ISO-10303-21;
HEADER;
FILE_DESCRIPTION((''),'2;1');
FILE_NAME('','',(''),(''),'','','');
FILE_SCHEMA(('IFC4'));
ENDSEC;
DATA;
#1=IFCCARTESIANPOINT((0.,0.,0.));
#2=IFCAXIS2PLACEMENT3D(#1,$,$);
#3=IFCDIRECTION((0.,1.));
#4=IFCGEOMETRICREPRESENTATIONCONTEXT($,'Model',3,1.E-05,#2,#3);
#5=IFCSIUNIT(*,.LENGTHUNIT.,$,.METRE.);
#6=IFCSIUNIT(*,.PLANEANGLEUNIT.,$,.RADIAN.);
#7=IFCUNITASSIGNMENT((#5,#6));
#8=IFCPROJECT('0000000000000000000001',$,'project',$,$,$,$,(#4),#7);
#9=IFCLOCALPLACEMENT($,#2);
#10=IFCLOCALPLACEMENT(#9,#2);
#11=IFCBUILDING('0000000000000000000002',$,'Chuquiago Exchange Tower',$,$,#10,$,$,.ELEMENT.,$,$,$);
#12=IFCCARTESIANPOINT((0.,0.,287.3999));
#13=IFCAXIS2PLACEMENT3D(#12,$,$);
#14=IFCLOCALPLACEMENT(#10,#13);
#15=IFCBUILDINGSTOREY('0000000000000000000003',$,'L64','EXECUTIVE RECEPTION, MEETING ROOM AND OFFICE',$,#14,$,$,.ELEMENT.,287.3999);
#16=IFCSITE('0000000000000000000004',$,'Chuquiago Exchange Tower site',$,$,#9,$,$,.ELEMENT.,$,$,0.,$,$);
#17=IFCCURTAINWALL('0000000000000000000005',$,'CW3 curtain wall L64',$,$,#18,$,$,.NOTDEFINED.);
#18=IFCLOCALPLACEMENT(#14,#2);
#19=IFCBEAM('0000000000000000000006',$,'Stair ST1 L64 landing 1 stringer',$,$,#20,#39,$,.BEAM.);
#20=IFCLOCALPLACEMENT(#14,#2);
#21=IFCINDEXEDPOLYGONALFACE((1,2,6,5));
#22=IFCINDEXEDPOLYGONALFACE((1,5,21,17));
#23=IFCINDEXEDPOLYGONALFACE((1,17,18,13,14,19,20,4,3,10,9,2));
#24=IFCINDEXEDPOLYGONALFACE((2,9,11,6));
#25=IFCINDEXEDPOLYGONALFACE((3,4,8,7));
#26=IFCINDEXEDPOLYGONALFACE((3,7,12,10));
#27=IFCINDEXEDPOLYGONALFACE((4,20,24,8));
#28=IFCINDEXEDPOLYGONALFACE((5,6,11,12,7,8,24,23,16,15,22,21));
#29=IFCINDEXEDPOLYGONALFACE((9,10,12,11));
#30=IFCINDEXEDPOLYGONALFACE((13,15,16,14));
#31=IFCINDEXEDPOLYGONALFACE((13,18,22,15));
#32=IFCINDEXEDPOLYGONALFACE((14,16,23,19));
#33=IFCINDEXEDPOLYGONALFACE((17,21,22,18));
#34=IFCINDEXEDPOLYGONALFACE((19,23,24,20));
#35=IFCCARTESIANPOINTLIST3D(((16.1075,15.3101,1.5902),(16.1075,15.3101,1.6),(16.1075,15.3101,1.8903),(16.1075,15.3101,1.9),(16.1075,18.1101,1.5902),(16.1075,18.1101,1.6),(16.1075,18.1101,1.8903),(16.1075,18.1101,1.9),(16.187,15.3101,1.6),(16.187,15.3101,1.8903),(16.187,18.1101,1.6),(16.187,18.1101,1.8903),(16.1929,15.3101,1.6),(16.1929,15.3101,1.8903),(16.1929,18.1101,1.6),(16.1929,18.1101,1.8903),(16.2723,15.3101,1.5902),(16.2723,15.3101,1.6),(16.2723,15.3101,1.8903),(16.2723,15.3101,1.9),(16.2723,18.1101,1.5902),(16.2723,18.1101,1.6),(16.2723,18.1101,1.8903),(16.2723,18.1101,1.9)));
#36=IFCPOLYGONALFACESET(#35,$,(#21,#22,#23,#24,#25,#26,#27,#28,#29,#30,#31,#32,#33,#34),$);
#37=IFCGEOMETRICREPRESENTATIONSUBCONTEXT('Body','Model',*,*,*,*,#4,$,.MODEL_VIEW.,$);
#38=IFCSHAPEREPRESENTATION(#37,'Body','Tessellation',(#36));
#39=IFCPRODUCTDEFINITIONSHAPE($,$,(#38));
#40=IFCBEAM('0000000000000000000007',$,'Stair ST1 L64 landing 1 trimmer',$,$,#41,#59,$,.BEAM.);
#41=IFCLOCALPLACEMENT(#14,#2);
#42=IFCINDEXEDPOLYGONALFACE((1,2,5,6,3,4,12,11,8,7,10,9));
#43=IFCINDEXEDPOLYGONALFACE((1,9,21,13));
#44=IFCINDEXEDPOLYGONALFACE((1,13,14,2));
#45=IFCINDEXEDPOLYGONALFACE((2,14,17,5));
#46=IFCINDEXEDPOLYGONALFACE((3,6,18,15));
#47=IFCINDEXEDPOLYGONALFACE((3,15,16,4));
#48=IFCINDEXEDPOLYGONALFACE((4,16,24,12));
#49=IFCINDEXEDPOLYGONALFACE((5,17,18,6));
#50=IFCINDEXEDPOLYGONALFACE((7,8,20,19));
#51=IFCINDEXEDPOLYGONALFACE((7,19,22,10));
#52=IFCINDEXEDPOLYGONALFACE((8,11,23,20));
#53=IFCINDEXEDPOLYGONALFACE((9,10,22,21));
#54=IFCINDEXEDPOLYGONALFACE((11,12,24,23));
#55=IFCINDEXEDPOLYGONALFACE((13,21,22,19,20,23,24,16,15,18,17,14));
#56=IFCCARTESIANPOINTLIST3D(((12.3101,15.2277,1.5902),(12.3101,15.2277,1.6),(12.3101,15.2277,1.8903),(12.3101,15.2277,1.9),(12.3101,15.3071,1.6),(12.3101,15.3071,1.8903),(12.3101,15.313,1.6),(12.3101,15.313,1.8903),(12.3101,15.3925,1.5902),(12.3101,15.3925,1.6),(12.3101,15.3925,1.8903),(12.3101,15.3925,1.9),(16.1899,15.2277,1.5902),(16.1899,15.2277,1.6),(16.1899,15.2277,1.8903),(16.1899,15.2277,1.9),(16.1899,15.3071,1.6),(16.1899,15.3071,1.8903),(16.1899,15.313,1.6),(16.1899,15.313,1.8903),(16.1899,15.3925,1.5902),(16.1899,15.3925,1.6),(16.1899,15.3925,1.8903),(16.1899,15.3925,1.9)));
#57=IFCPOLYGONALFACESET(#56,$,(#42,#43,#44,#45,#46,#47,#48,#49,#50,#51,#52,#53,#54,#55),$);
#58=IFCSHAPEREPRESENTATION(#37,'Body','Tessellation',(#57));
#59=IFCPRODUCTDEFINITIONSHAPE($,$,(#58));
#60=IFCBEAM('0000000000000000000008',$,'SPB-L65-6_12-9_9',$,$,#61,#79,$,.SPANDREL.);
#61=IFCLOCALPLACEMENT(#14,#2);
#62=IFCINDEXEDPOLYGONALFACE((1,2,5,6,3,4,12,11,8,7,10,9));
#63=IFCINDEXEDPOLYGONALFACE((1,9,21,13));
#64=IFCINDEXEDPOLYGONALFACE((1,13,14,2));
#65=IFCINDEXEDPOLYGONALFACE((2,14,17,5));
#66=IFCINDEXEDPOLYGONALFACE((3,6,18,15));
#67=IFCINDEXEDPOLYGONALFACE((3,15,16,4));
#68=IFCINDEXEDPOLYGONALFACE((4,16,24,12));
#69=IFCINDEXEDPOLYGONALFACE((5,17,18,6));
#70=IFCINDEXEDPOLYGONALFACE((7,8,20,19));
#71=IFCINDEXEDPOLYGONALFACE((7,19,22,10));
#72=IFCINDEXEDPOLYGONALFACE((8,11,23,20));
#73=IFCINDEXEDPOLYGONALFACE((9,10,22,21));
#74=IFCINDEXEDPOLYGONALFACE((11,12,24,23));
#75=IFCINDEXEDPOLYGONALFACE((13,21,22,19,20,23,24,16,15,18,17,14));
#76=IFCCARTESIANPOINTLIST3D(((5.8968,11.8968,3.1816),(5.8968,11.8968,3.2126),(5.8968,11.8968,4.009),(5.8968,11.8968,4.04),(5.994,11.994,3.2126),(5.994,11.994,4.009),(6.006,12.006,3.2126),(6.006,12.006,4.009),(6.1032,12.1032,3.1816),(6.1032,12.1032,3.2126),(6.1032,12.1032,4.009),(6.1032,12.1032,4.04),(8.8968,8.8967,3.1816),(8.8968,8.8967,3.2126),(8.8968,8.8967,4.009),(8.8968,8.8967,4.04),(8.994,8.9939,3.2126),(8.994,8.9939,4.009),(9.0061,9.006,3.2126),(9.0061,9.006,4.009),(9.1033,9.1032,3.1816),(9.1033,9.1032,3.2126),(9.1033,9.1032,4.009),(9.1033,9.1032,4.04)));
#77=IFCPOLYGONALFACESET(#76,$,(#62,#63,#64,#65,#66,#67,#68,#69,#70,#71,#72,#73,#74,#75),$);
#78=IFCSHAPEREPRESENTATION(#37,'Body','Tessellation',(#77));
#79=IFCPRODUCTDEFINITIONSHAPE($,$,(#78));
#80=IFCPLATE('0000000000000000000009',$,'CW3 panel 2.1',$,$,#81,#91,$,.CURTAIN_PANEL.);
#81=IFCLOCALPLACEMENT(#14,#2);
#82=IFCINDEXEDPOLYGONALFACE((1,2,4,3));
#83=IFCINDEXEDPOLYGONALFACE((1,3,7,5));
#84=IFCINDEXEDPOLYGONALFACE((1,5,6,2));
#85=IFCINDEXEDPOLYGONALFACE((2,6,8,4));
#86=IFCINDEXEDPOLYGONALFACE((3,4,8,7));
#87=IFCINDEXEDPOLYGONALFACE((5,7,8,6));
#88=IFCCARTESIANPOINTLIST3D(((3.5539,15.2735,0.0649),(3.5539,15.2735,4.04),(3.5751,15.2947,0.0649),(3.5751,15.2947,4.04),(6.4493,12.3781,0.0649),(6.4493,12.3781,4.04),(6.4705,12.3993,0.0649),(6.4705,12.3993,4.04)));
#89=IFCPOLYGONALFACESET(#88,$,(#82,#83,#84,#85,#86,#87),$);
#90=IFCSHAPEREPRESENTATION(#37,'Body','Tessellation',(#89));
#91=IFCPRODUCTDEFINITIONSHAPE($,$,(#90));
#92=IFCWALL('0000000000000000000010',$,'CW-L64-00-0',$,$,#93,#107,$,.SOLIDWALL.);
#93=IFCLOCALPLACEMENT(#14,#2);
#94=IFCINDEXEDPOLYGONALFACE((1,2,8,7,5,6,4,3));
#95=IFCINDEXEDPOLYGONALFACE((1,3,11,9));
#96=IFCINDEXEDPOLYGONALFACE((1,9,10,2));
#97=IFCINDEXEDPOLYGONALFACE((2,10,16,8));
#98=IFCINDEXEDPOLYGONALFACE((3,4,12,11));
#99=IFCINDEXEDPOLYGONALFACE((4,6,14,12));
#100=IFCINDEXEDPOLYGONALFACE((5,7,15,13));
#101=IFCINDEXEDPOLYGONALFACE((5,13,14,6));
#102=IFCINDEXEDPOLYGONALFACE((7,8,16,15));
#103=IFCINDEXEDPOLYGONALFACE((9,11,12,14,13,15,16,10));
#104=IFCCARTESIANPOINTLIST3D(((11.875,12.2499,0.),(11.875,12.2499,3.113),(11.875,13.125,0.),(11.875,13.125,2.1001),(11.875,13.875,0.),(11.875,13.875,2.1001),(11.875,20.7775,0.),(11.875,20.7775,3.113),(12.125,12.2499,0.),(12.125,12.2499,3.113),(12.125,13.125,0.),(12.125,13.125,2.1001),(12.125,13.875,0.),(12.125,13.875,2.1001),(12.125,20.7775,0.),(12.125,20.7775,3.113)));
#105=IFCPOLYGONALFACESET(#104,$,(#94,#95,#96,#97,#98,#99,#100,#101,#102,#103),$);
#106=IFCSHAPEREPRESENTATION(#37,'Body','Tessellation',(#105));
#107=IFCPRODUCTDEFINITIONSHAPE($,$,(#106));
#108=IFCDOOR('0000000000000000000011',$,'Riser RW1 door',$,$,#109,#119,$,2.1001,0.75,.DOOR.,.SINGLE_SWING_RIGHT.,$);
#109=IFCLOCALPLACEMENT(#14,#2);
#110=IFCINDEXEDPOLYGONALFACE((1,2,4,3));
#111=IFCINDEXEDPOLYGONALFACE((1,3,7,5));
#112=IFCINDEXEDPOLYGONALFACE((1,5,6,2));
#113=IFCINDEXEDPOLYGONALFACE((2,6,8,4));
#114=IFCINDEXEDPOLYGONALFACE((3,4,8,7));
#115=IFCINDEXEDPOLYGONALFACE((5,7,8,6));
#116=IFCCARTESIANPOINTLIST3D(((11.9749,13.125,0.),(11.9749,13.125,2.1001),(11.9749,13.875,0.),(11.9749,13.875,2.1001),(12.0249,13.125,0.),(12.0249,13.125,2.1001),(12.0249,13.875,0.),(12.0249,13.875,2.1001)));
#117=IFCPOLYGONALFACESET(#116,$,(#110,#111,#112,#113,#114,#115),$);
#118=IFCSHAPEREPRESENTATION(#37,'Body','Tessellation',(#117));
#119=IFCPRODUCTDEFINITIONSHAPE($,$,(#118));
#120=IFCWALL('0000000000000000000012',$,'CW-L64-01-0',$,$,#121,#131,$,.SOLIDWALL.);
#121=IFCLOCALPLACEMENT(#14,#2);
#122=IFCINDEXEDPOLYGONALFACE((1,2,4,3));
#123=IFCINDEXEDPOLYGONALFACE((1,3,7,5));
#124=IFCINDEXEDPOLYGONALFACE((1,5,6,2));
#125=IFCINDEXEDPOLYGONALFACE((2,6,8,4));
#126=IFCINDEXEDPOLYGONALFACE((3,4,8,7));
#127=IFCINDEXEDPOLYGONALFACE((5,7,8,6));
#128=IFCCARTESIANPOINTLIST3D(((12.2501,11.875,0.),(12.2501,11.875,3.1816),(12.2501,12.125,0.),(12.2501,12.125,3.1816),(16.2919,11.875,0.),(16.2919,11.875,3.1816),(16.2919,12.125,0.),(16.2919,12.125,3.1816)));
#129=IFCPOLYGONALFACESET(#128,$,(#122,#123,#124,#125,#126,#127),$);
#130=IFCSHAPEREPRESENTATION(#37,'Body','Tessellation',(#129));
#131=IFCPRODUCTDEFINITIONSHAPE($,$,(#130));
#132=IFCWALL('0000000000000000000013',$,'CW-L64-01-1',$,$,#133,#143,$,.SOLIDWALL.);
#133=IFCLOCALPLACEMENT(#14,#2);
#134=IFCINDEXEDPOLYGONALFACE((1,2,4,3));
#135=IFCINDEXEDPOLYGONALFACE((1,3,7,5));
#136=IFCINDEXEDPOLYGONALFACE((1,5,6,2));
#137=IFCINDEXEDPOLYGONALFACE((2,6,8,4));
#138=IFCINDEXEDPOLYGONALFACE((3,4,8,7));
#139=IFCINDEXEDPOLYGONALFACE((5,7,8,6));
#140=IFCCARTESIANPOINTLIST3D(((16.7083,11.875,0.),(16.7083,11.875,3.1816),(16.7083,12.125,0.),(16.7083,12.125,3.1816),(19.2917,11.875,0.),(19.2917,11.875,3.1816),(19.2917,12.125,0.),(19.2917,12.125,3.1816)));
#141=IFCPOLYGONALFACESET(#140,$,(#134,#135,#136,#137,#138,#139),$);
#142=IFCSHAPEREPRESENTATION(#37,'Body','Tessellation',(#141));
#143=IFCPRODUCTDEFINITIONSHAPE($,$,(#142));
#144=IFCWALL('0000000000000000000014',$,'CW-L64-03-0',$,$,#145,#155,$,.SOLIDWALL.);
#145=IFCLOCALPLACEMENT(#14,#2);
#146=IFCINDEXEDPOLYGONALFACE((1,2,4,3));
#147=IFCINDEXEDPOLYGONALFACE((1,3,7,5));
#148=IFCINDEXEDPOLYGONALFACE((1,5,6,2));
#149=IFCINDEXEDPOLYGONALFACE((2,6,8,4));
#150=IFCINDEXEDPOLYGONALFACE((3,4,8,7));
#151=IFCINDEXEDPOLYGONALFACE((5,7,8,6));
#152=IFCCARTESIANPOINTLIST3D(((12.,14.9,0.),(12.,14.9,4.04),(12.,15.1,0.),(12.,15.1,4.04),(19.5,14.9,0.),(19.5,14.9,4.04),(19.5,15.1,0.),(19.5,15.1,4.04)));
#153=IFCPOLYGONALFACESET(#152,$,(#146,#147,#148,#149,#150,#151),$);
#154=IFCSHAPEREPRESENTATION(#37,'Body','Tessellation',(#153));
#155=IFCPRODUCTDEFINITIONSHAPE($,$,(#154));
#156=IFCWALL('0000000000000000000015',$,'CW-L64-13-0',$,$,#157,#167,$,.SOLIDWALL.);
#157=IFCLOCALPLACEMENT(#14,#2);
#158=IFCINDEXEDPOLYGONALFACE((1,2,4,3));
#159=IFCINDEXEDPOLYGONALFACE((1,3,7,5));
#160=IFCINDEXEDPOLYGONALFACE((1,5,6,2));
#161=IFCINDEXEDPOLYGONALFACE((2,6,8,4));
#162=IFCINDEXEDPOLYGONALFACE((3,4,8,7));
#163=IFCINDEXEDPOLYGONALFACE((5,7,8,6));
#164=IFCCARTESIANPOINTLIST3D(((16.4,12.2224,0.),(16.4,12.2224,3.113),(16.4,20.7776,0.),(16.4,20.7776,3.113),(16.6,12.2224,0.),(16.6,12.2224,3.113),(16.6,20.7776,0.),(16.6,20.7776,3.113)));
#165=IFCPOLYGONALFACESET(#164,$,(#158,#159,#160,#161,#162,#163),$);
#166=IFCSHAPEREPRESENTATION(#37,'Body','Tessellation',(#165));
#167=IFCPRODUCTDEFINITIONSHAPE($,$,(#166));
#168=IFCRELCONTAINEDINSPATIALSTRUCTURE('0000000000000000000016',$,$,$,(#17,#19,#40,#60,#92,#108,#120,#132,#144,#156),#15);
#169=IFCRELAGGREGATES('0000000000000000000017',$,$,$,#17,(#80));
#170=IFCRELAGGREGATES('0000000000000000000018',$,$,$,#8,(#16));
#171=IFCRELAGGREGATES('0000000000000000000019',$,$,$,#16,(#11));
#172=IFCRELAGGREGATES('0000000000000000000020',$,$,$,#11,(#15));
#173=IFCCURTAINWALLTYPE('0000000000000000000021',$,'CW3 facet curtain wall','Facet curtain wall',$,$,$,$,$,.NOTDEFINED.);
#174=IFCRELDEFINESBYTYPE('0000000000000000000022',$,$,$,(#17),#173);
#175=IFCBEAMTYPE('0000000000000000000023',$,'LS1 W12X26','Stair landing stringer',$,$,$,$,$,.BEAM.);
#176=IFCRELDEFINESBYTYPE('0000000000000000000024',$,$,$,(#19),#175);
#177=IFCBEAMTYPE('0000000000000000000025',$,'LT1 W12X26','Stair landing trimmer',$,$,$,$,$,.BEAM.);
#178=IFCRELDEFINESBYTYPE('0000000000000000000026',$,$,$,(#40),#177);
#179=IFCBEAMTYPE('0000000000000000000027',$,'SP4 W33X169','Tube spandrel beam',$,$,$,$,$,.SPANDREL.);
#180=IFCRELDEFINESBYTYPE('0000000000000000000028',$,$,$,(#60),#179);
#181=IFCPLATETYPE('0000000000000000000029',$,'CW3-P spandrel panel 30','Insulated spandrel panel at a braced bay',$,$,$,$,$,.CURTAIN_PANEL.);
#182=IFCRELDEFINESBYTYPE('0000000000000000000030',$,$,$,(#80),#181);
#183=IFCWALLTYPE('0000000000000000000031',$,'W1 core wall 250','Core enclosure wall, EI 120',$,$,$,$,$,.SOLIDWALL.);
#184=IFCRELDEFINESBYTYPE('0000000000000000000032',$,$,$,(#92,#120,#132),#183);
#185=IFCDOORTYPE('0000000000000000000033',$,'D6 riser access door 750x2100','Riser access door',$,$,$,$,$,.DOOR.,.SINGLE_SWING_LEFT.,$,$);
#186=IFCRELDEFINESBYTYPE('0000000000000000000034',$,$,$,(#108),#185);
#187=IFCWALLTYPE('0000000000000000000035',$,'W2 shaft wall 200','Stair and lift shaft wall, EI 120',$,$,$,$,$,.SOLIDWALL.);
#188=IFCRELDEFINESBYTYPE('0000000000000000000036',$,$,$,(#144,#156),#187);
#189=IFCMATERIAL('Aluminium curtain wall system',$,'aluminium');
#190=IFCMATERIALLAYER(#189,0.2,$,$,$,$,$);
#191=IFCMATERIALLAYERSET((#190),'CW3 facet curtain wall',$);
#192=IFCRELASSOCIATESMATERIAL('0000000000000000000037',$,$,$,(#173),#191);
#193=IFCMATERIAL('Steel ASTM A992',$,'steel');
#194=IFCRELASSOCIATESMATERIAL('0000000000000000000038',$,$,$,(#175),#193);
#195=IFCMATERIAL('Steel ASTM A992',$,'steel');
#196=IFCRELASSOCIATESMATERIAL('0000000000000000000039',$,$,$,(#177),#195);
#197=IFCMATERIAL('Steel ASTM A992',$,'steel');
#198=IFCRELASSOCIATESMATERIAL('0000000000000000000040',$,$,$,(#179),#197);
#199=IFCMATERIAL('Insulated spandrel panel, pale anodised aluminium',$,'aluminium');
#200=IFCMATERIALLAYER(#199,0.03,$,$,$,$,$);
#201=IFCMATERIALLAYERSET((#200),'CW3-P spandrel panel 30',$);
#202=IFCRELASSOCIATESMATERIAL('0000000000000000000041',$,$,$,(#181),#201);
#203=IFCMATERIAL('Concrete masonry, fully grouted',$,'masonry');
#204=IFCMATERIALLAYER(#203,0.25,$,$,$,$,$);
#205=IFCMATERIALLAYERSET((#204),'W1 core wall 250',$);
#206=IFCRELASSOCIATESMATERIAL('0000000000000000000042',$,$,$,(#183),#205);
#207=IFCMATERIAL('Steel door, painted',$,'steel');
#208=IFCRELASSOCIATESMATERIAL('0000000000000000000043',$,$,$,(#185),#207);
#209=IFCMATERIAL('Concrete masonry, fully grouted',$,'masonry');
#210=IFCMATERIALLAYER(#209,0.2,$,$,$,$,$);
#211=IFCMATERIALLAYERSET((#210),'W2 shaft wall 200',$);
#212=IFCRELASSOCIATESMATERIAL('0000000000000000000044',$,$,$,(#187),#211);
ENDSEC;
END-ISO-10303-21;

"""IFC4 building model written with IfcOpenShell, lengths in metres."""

from ifc_helpers import new_model, si_unit, direction, frame, frame_2d, origin, origin_2d, place, context, subcontext, project, spatial, rectangle, i_section, extrude, material, layer, layer_set, material_profile, profile_set, type_object, element, fill, aggregate, save


model = new_model("IFC4")

# Units and contexts
model_context = context("Model", 3, precision=1e-05, world=origin(), true_north=direction((0.0, 1.0)))
body_context = subcontext(model_context, "Body", "Model", "MODEL_VIEW")
ifc_project = project(units=[si_unit("LENGTHUNIT", "METRE"), si_unit("PLANEANGLEUNIT", "RADIAN")], contexts=[model_context])

# Site, building, storey
site_placement = place(None, origin())
site = spatial("IfcSite", under=ifc_project, at=site_placement, Name="Chuquiago Exchange Tower site", CompositionType="ELEMENT", RefElevation=0.0)
building_placement = place(site_placement, origin())
building = spatial("IfcBuilding", under=site, at=building_placement, Name="Chuquiago Exchange Tower", CompositionType="ELEMENT")
storey_placement = place(building_placement, frame((0.0, 0.0, 287.3999)))
storey = spatial("IfcBuildingStorey", under=building, at=storey_placement, Name="L64", Description="EXECUTIVE RECEPTION, MEETING ROOM AND OFFICE", CompositionType="ELEMENT", Elevation=287.3999)

# Curtain wall
ifc_material_1 = material(Name="Aluminium curtain wall system", Category="aluminium")
ifc_layer_1 = layer(ifc_material_1, 0.2)
ifc_layer_set_1 = layer_set([ifc_layer_1], Name="CW3 facet curtain wall")
curtain_wall_type = type_object("IfcCurtainWallType", Name="CW3 facet curtain wall", Description="Facet curtain wall", PredefinedType="NOTDEFINED", material=ifc_layer_set_1)
curtain_wall_placement = place(storey_placement, origin())
curtain_wall = element("IfcCurtainWall", 1, at=curtain_wall_placement, inside=storey, type_object=curtain_wall_type, Name="CW3 curtain wall L64", PredefinedType="NOTDEFINED")

# Beams
ifc_material_2 = material(Name="Steel ASTM A992", Category="steel")
ifc_material_profile_1 = material_profile(ifc_material_2, i_section(OverallWidth=0.1648, OverallDepth=0.3098, WebThickness=0.0059, FlangeThickness=0.0098, at=origin_2d()), Name="W12X26")
ifc_profile_set_1 = profile_set([ifc_material_profile_1], Name="Steel ASTM A992")
beam_type_1 = type_object("IfcBeamType", Name="LS1 W12X26", Description="Stair landing stringer", PredefinedType="BEAM", material=ifc_profile_set_1)
for number, where, z_axis, x_axis, name in (
    (2, (16.1899, 15.3101, 1.7451), (0.0, 1.0, 0.0), (-1.0, 0.0, 0.0), "Stair ST1 L64 landing 1 stringer"),
):
    element("IfcBeam", number, at=place(storey_placement, frame(where, z_axis=z_axis, x_axis=x_axis)), inside=storey, type_object=beam_type_1, Name=name, PredefinedType="BEAM", context=body_context, shape_type="SweptSolid", body=[
        extrude(i_section(OverallWidth=0.1648, OverallDepth=0.3098, WebThickness=0.0059, FlangeThickness=0.0098, at=origin_2d()), origin(), (0.0, 0.0, 1.0), 2.8),
    ])
ifc_material_3 = material(Name="Steel ASTM A992", Category="steel")
ifc_material_profile_2 = material_profile(ifc_material_3, i_section(OverallWidth=0.1648, OverallDepth=0.3098, WebThickness=0.0059, FlangeThickness=0.0098, at=origin_2d()), Name="W12X26")
ifc_profile_set_2 = profile_set([ifc_material_profile_2], Name="Steel ASTM A992")
beam_type_2 = type_object("IfcBeamType", Name="LT1 W12X26", Description="Stair landing trimmer", PredefinedType="BEAM", material=ifc_profile_set_2)
beam_1_placement = place(storey_placement, frame((12.3101, 15.3101, 1.7451), z_axis=(1.0, 0.0, 0.0), x_axis=(0.0, 1.0, 0.0)))
element("IfcBeam", 3, at=beam_1_placement, inside=storey, type_object=beam_type_2, Name="Stair ST1 L64 landing 1 trimmer", PredefinedType="BEAM", context=body_context, shape_type="SweptSolid", body=[
    extrude(i_section(OverallWidth=0.1648, OverallDepth=0.3098, WebThickness=0.0059, FlangeThickness=0.0098, at=origin_2d()), origin(), (0.0, 0.0, 1.0), 3.8799),
])
ifc_material_4 = material(Name="Steel ASTM A992", Category="steel")
ifc_material_profile_3 = material_profile(ifc_material_4, i_section(OverallWidth=0.292, OverallDepth=0.8584, WebThickness=0.0171, FlangeThickness=0.031, at=origin_2d()), Name="W33X169")
ifc_profile_set_3 = profile_set([ifc_material_profile_3], Name="Steel ASTM A992")
beam_type_3 = type_object("IfcBeamType", Name="SP4 W33X169", Description="Tube spandrel beam", PredefinedType="SPANDREL", material=ifc_profile_set_3)
beam_2_placement = place(storey_placement, frame((6.0, 12.0, 3.6108), z_axis=(0.707107, -0.707107, 0.0), x_axis=(0.707107, 0.707107, 0.0)))
element("IfcBeam", 4, at=beam_2_placement, inside=storey, type_object=beam_type_3, Name="SPB-L65-6_12-9_9", PredefinedType="SPANDREL", context=body_context, shape_type="SweptSolid", body=[
    extrude(i_section(OverallWidth=0.292, OverallDepth=0.8584, WebThickness=0.0171, FlangeThickness=0.031, at=origin_2d()), origin(), (0.0, 0.0, 1.0), 4.2427),
])

# Plate
ifc_material_5 = material(Name="Insulated spandrel panel, pale anodised aluminium", Category="aluminium")
ifc_layer_2 = layer(ifc_material_5, 0.03)
ifc_layer_set_2 = layer_set([ifc_layer_2], Name="CW3-P spandrel panel 30")
plate_type = type_object("IfcPlateType", Name="CW3-P spandrel panel 30", Description="Insulated spandrel panel at a braced bay", PredefinedType="CURTAIN_PANEL", material=ifc_layer_set_2)
plate_placement = place(storey_placement, frame((5.0122, 13.8364, 0.0649), z_axis=(0.0, 0.0, 1.0), x_axis=(0.707107, -0.707107, 0.0)))
plate = element("IfcPlate", 5, at=plate_placement, type_object=plate_type, Name="CW3 panel 2.1", PredefinedType="CURTAIN_PANEL", context=body_context, shape_type="SweptSolid", body=[
    extrude(rectangle(XDim=4.0947, YDim=0.03, at=origin_2d()), origin(), (0.0, 0.0, 1.0), 3.9751),
])
aggregate(curtain_wall, [plate])

# Wall, opening, door
ifc_material_6 = material(Name="Concrete masonry, fully grouted", Category="masonry")
ifc_layer_3 = layer(ifc_material_6, 0.25)
ifc_layer_set_3 = layer_set([ifc_layer_3], Name="W1 core wall 250")
wall_type_1 = type_object("IfcWallType", Name="W1 core wall 250", Description="Core enclosure wall, EI 120", PredefinedType="SOLIDWALL", material=ifc_layer_set_3)
wall_1_placement = place(storey_placement, frame((12.0, 12.25, 0.0), z_axis=(0.0, 0.0, 1.0), x_axis=(0.0, 1.0, 0.0)))
wall_1 = element("IfcWall", 6, at=wall_1_placement, inside=storey, type_object=wall_type_1, Name="CW-L64-00-0", PredefinedType="SOLIDWALL", context=body_context, shape_type="SweptSolid", body=[
    extrude(rectangle(XDim=8.5276, YDim=0.25, at=frame_2d((4.2637, 0.0))), origin(), (0.0, 0.0, 1.0), 3.113),
])
opening_1_placement = place(wall_1_placement, frame((0.875, 0.0, 0.0)))
opening_1 = element("IfcOpeningElement", 7, at=opening_1_placement, cuts=wall_1, PredefinedType="OPENING", context=body_context, shape_type="SweptSolid", body=[
    extrude(rectangle(XDim=0.75, YDim=2.1001, at=frame_2d((0.375, 1.05))), frame((0.0, 0.135, 0.0), z_axis=(0.0, -1.0, 0.0), x_axis=(1.0, 0.0, 0.0)), (0.0, 0.0, 1.0), 0.27),
])
ifc_material_7 = material(Name="Steel door, painted", Category="steel")
door_type_1 = type_object("IfcDoorType", Name="D6 riser access door 750x2100", Description="Riser access door", OperationType="SINGLE_SWING_LEFT", PredefinedType="DOOR", material=ifc_material_7)
door_1_placement = place(opening_1_placement, frame((0.75, 0.0, 0.0), z_axis=(0.0, 0.0, 1.0), x_axis=(-1.0, 0.0, 0.0)))
door_1 = element("IfcDoor", 8, at=door_1_placement, inside=storey, type_object=door_type_1, Name="Riser RW1 door", OperationType="SINGLE_SWING_RIGHT", OverallHeight=2.1001, OverallWidth=0.75, PredefinedType="DOOR", context=body_context, shape_type="SweptSolid", body=[
    extrude(rectangle(XDim=0.75, YDim=2.1001, at=frame_2d((0.375, 1.05))), frame((0.0, 0.0249, 0.0), z_axis=(0.0, -1.0, 0.0), x_axis=(1.0, 0.0, 0.0)), (0.0, 0.0, 1.0), 0.05),
])
fill(opening_1, door_1)

# Walls
wall_2_placement = place(storey_placement, frame((12.25, 12.0, 0.0), z_axis=(0.0, 0.0, 1.0), x_axis=(1.0, 0.0, 0.0)))
element("IfcWall", 9, at=wall_2_placement, inside=storey, type_object=wall_type_1, Name="CW-L64-01-0", PredefinedType="SOLIDWALL", context=body_context, shape_type="SweptSolid", body=[
    extrude(rectangle(XDim=4.0417, YDim=0.25, at=frame_2d((2.021, 0.0))), origin(), (0.0, 0.0, 1.0), 3.1816),
])
wall_3_placement = place(storey_placement, frame((16.7083, 12.0, 0.0), z_axis=(0.0, 0.0, 1.0), x_axis=(1.0, 0.0, 0.0)))
element("IfcWall", 10, at=wall_3_placement, inside=storey, type_object=wall_type_1, Name="CW-L64-01-1", PredefinedType="SOLIDWALL", context=body_context, shape_type="SweptSolid", body=[
    extrude(rectangle(XDim=2.5835, YDim=0.25, at=frame_2d((1.2917, 0.0))), origin(), (0.0, 0.0, 1.0), 3.1816),
])
ifc_material_8 = material(Name="Concrete masonry, fully grouted", Category="masonry")
ifc_layer_4 = layer(ifc_material_8, 0.2)
ifc_layer_set_4 = layer_set([ifc_layer_4], Name="W2 shaft wall 200")
wall_type_2 = type_object("IfcWallType", Name="W2 shaft wall 200", Description="Stair and lift shaft wall, EI 120", PredefinedType="SOLIDWALL", material=ifc_layer_set_4)
wall_4_placement = place(storey_placement, frame((12.0, 15.0, 0.0), z_axis=(0.0, 0.0, 1.0), x_axis=(1.0, 0.0, 0.0)))
element("IfcWall", 11, at=wall_4_placement, inside=storey, type_object=wall_type_2, Name="CW-L64-03-0", PredefinedType="SOLIDWALL", context=body_context, shape_type="SweptSolid", body=[
    extrude(rectangle(XDim=7.5, YDim=0.2, at=frame_2d((3.75, 0.0))), origin(), (0.0, 0.0, 1.0), 4.04),
])
wall_5_placement = place(storey_placement, frame((16.5, 12.2224, 0.0), z_axis=(0.0, 0.0, 1.0), x_axis=(0.0, 1.0, 0.0)))
element("IfcWall", 12, at=wall_5_placement, inside=storey, type_object=wall_type_2, Name="CW-L64-13-0", PredefinedType="SOLIDWALL", context=body_context, shape_type="SweptSolid", body=[
    extrude(rectangle(XDim=8.5552, YDim=0.2, at=frame_2d((4.2776, 0.0))), origin(), (0.0, 0.0, 1.0), 3.113),
])

save(model, "model.ifc")
